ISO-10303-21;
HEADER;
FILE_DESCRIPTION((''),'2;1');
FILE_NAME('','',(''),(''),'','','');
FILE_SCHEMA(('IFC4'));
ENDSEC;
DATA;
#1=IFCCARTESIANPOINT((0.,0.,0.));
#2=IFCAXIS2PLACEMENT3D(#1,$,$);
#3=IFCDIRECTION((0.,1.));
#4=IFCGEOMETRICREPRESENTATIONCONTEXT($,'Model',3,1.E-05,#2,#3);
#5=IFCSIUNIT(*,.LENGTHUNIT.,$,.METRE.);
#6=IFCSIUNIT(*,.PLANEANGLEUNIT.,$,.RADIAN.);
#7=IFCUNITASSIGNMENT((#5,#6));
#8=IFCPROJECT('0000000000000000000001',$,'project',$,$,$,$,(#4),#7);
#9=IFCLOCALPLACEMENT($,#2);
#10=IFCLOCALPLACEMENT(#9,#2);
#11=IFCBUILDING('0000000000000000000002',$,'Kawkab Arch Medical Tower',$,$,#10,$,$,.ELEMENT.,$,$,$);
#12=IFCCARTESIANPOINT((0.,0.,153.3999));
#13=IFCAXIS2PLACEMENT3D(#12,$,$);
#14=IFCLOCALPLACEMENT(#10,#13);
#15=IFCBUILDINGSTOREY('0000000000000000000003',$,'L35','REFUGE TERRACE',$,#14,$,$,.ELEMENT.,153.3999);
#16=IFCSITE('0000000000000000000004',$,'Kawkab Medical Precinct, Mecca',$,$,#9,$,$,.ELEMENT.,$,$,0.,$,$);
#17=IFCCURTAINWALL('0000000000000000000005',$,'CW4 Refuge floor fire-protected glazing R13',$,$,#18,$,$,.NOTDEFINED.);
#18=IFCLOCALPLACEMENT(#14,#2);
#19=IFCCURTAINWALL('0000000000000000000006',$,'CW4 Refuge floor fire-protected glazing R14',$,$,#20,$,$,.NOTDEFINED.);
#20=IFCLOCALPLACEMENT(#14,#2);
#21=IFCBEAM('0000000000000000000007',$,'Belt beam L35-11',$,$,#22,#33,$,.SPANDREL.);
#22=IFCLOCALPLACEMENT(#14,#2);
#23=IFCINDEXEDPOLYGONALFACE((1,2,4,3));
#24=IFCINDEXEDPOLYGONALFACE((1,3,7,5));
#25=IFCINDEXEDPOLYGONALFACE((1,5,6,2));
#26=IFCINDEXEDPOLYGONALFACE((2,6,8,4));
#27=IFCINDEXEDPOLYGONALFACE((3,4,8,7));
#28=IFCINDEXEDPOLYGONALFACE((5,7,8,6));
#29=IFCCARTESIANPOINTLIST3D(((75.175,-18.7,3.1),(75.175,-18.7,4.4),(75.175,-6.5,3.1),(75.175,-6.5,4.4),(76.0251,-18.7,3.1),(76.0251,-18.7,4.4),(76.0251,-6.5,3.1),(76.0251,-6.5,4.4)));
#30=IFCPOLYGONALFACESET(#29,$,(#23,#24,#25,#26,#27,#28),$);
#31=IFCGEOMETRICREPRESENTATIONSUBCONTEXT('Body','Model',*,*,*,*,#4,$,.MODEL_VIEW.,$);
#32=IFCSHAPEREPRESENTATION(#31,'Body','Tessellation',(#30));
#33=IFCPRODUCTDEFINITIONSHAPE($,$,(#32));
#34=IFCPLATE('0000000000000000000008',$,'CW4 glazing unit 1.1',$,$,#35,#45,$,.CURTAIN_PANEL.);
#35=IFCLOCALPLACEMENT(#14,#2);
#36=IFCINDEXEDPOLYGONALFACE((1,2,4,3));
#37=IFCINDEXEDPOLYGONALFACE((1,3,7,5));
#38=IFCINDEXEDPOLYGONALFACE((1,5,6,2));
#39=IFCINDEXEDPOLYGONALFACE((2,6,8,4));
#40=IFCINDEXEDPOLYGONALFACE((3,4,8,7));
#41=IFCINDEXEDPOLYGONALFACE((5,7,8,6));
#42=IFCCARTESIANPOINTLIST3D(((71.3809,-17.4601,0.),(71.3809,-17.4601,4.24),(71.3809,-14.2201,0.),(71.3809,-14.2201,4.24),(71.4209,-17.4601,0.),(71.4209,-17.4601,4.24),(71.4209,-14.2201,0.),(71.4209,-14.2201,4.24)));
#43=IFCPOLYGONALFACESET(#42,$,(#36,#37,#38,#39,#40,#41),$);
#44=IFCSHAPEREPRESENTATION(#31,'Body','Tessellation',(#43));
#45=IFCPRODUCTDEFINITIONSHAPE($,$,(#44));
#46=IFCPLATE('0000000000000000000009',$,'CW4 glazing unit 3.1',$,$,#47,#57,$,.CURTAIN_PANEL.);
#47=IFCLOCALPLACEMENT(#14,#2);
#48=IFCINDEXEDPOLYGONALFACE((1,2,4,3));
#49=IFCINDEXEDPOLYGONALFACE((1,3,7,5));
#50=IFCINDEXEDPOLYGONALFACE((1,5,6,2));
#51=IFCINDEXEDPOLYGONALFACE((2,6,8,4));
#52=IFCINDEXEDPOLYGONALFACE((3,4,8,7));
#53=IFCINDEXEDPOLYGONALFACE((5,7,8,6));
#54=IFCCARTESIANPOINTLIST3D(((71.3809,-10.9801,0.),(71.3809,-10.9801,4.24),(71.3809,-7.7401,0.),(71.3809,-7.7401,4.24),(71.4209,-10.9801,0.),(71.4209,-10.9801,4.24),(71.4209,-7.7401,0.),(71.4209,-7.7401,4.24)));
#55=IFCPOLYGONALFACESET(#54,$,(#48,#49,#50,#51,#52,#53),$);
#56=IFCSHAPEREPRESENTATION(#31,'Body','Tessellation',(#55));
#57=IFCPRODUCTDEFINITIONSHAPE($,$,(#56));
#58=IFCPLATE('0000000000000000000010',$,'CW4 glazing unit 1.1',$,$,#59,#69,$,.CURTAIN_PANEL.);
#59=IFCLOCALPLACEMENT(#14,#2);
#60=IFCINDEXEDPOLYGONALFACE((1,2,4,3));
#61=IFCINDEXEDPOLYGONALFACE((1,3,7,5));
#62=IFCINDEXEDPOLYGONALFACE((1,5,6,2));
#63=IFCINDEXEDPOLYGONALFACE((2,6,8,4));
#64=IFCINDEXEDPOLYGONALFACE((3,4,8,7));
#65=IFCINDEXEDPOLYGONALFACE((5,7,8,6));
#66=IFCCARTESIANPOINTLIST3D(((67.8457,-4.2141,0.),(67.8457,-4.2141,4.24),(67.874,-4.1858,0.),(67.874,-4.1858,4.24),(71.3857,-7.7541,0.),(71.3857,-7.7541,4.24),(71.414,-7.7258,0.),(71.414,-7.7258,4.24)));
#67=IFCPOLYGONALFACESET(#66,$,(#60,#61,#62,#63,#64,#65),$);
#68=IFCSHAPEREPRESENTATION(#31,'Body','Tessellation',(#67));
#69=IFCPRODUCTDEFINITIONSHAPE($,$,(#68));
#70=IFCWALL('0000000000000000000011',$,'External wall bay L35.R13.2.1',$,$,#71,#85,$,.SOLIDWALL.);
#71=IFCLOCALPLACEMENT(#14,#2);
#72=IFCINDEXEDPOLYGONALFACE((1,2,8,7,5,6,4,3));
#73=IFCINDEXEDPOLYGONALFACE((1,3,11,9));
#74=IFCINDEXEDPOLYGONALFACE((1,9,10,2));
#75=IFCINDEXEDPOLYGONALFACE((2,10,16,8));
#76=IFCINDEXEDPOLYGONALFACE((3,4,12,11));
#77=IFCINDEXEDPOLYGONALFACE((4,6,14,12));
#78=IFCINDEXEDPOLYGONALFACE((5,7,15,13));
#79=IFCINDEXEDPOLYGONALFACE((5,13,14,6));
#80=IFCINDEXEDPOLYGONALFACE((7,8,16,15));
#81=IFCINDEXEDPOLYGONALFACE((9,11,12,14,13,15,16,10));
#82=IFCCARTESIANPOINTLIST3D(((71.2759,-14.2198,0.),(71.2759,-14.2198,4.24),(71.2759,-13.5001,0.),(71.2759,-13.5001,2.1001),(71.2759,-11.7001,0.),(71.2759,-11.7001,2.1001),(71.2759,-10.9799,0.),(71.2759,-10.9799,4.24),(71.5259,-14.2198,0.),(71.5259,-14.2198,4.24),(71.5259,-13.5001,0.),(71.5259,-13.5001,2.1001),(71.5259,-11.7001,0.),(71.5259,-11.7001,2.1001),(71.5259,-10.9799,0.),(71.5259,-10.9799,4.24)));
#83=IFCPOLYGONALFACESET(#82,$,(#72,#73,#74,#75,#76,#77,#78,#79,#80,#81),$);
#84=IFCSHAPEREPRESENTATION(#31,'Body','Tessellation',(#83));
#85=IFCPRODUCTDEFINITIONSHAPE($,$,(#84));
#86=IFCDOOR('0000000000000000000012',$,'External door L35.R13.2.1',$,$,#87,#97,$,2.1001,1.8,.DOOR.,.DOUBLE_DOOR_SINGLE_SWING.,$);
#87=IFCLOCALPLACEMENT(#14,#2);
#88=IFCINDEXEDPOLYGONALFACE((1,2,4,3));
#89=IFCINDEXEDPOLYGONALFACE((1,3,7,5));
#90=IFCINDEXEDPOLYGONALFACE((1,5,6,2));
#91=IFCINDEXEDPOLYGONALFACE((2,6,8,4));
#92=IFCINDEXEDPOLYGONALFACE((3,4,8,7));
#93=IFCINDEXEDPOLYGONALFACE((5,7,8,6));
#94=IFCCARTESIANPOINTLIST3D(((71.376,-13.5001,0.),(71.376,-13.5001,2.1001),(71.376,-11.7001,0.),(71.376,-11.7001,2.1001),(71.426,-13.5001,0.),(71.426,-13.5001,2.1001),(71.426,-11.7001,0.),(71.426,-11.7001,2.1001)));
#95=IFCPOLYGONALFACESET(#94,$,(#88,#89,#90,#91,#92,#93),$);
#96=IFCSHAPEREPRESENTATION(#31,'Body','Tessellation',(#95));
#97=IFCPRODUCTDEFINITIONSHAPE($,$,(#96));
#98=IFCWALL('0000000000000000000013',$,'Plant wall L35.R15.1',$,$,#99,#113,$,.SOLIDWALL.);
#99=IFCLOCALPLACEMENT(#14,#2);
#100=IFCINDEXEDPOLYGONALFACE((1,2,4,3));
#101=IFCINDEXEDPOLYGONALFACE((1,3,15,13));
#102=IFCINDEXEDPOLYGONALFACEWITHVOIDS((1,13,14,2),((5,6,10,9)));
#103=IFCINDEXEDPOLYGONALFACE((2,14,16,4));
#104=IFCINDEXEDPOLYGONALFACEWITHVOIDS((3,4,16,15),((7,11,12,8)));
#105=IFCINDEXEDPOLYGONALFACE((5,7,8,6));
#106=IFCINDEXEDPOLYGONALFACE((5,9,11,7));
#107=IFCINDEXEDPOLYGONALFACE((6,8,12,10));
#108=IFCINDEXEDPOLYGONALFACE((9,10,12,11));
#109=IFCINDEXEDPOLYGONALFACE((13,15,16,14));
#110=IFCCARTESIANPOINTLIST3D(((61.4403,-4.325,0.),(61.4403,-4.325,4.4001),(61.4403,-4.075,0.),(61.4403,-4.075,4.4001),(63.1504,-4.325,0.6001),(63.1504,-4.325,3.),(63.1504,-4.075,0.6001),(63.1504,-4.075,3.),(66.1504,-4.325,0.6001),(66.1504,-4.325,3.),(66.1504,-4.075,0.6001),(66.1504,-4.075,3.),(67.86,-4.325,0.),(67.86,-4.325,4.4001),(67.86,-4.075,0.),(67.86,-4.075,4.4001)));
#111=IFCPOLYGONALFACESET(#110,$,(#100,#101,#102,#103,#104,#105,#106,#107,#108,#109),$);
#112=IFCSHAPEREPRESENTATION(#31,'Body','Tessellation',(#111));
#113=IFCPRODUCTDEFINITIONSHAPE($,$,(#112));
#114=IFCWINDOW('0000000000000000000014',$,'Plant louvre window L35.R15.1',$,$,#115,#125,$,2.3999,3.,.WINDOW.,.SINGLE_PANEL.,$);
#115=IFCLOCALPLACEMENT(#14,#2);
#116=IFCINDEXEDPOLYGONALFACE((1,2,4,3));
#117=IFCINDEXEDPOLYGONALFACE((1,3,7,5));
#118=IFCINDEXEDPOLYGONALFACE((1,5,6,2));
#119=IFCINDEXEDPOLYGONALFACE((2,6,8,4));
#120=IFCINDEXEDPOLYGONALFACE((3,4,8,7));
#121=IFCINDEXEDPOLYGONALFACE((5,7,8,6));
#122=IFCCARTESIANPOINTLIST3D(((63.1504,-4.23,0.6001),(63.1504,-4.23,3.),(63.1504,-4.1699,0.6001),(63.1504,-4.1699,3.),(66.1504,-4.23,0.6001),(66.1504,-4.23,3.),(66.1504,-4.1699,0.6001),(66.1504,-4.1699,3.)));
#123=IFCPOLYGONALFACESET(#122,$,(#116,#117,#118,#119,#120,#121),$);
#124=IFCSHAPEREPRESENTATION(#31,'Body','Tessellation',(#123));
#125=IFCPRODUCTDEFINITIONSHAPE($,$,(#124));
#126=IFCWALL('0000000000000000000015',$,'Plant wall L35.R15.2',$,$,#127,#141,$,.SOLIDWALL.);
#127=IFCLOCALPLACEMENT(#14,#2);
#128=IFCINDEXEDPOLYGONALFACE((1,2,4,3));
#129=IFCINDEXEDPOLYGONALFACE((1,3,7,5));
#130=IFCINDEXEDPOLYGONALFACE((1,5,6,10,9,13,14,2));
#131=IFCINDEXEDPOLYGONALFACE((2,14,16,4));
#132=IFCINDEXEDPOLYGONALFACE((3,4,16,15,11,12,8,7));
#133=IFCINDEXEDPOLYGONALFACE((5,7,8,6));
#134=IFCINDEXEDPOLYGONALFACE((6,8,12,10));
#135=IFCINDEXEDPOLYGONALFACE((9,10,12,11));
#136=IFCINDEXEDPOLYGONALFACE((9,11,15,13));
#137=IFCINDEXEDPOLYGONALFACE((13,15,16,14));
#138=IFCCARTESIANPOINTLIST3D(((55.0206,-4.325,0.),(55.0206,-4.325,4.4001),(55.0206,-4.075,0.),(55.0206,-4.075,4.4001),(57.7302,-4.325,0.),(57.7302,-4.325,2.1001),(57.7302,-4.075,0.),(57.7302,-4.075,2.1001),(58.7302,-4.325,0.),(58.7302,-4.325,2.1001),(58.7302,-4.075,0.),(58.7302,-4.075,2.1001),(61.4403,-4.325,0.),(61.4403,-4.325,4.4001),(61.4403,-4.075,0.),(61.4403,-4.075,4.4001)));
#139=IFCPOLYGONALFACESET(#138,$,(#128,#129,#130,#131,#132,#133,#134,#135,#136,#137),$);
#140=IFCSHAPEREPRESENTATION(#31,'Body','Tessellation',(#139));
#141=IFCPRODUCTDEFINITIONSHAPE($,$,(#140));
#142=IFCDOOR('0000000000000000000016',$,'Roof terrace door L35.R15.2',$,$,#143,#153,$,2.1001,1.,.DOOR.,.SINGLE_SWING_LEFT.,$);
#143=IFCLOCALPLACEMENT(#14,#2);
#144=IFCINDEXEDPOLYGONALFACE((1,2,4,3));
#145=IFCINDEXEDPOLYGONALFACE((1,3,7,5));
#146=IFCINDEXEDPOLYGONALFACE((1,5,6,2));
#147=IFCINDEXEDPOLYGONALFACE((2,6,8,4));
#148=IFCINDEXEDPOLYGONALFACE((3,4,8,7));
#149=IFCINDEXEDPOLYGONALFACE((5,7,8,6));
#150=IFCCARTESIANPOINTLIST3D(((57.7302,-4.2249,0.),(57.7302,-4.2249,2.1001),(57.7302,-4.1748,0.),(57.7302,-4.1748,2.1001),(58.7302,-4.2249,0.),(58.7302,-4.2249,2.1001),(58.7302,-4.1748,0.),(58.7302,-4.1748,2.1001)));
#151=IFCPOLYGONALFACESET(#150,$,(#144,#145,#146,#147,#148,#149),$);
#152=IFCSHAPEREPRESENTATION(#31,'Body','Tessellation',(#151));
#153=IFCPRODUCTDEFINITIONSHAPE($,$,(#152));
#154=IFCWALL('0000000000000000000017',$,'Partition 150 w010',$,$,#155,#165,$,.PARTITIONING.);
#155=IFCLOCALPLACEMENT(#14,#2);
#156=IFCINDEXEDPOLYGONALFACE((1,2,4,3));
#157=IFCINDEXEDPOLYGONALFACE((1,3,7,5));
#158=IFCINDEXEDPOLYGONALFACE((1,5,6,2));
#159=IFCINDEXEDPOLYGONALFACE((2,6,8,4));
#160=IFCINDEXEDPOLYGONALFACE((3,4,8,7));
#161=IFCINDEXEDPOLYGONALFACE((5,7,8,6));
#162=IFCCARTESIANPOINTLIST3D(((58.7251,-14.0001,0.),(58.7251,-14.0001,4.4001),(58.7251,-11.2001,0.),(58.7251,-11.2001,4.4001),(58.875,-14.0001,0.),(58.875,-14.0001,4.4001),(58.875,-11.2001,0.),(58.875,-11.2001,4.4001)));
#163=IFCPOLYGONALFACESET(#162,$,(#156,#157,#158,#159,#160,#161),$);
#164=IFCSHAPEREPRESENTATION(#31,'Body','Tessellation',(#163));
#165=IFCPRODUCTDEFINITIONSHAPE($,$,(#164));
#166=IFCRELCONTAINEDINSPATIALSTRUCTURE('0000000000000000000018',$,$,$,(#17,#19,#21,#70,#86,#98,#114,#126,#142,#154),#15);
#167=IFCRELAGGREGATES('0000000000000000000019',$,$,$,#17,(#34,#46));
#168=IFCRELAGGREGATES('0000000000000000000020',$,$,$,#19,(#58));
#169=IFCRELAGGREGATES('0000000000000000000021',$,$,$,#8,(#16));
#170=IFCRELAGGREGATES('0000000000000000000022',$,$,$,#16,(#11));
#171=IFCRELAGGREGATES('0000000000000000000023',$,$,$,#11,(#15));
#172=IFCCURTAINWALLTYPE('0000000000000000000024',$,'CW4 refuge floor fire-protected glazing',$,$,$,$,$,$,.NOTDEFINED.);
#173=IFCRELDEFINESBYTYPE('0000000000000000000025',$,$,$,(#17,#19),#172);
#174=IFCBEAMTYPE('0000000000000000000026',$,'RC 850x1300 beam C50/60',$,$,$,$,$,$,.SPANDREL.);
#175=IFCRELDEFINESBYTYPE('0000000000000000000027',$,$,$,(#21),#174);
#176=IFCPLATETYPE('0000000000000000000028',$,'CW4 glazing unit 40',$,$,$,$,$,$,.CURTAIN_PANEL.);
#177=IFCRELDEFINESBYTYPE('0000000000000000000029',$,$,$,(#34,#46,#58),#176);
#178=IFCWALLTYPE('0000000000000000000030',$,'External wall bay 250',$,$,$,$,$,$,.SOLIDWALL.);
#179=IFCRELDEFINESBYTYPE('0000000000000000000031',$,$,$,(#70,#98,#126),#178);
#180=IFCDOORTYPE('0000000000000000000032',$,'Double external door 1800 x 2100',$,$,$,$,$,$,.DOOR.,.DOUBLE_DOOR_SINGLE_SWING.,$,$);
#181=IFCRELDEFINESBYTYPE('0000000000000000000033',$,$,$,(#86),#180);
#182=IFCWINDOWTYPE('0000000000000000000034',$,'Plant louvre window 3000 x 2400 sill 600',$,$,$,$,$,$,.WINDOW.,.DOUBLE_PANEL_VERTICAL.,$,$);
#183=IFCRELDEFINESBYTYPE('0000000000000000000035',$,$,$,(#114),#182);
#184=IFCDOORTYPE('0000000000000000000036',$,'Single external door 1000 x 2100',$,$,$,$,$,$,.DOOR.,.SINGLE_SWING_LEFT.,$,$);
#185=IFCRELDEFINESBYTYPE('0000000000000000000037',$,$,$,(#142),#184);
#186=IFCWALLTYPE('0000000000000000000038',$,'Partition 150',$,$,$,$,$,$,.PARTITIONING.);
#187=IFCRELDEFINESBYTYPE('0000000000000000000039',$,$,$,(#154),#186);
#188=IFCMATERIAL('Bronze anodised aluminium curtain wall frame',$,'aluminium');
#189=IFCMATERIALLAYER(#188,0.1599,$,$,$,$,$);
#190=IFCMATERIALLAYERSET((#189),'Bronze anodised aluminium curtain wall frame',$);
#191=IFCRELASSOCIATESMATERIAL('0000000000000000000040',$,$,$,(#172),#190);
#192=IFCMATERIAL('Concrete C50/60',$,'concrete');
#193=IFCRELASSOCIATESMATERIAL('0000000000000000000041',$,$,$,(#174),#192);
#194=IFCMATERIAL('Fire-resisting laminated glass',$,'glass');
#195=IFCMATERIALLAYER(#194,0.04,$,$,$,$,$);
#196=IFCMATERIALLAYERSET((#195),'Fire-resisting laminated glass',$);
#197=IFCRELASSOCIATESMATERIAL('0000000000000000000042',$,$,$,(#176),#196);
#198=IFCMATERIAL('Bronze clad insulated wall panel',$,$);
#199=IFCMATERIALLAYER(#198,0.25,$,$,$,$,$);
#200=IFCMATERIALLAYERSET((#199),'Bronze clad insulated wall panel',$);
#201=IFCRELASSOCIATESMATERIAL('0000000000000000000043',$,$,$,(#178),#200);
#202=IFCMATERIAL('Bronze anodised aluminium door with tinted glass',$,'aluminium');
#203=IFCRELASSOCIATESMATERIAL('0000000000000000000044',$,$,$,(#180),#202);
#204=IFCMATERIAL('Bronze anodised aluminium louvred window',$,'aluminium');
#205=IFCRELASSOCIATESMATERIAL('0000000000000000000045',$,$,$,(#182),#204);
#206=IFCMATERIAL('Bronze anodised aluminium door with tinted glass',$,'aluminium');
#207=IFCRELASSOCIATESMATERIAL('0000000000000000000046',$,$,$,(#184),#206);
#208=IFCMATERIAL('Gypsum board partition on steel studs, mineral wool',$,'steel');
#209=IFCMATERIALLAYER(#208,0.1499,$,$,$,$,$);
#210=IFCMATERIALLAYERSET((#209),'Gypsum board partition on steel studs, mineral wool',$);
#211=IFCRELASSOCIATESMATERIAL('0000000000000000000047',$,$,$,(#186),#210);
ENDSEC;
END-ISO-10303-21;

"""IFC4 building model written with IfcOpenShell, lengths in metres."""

from ifc_helpers import new_model, si_unit, direction, frame, frame_2d, origin, origin_2d, place, context, subcontext, project, spatial, rectangle, extrude, material, layer, layer_set, material_profile, profile_set, type_object, element, fill, aggregate, save


model = new_model("IFC4")

# Units and contexts
model_context = context("Model", 3, precision=1e-05, world=origin(), true_north=direction((0.0, 1.0)))
body_context = subcontext(model_context, "Body", "Model", "MODEL_VIEW")
ifc_project = project(units=[si_unit("LENGTHUNIT", "METRE"), si_unit("PLANEANGLEUNIT", "RADIAN")], contexts=[model_context])

# Site, building, storey
site_placement = place(None, origin())
site = spatial("IfcSite", under=ifc_project, at=site_placement, Name="Kawkab Medical Precinct, Mecca", CompositionType="ELEMENT", RefElevation=0.0)
building_placement = place(site_placement, origin())
building = spatial("IfcBuilding", under=site, at=building_placement, Name="Kawkab Arch Medical Tower", CompositionType="ELEMENT")
storey_placement = place(building_placement, frame((0.0, 0.0, 153.3999)))
storey = spatial("IfcBuildingStorey", under=building, at=storey_placement, Name="L35", Description="REFUGE TERRACE", CompositionType="ELEMENT", Elevation=153.3999)

# Curtain walls
ifc_material_1 = material(Name="Bronze anodised aluminium curtain wall frame", Category="aluminium")
ifc_layer_1 = layer(ifc_material_1, 0.1599)
ifc_layer_set_1 = layer_set([ifc_layer_1], Name="Bronze anodised aluminium curtain wall frame")
curtain_wall_type = type_object("IfcCurtainWallType", Name="CW4 refuge floor fire-protected glazing", PredefinedType="NOTDEFINED", material=ifc_layer_set_1)
placement = place(storey_placement, origin())
curtain_wall_1 = element("IfcCurtainWall", 1, at=placement, inside=storey, type_object=curtain_wall_type, Name="CW4 Refuge floor fire-protected glazing R13", PredefinedType="NOTDEFINED")
curtain_wall_2 = element("IfcCurtainWall", 2, at=placement, inside=storey, type_object=curtain_wall_type, Name="CW4 Refuge floor fire-protected glazing R14", PredefinedType="NOTDEFINED")

# Beam
ifc_material_2 = material(Name="Concrete C50/60", Category="concrete")
ifc_material_profile_1 = material_profile(ifc_material_2, rectangle(XDim=0.8501, YDim=1.3, at=origin_2d()), Name="RC 850x1300")
ifc_profile_set_1 = profile_set([ifc_material_profile_1], Name="Concrete C50/60")
beam_type = type_object("IfcBeamType", Name="RC 850x1300 beam C50/60", PredefinedType="SPANDREL", material=ifc_profile_set_1)
beam_1_placement = place(storey_placement, frame((75.6001, -6.5, 3.75), z_axis=(0.0, -1.0, 0.0), x_axis=(1.0, 0.0, 0.0)))
element("IfcBeam", 3, at=beam_1_placement, inside=storey, type_object=beam_type, Name="Belt beam L35-11", PredefinedType="SPANDREL", context=body_context, shape_type="SweptSolid", body=[
    extrude(rectangle(XDim=0.8501, YDim=1.3, at=origin_2d()), origin(), (0.0, 0.0, 1.0), 12.2),
])

# Plates
ifc_material_3 = material(Name="Fire-resisting laminated glass", Category="glass")
ifc_layer_2 = layer(ifc_material_3, 0.04)
ifc_layer_set_2 = layer_set([ifc_layer_2], Name="Fire-resisting laminated glass")
plate_type = type_object("IfcPlateType", Name="CW4 glazing unit 40", PredefinedType="CURTAIN_PANEL", material=ifc_layer_set_2)
plate_1_placement = place(storey_placement, frame((71.4009, -15.8401, 0.0), z_axis=(0.0, 0.0, 1.0), x_axis=(0.0, 1.0, 0.0)))
plate_1 = element("IfcPlate", 4, at=plate_1_placement, type_object=plate_type, Name="CW4 glazing unit 1.1", PredefinedType="CURTAIN_PANEL", context=body_context, shape_type="SweptSolid", body=[
    extrude(rectangle(XDim=3.24, YDim=0.04, at=origin_2d()), origin(), (0.0, 0.0, 1.0), 4.24),
])
plate_2_placement = place(storey_placement, frame((71.4009, -9.3601, 0.0), z_axis=(0.0, 0.0, 1.0), x_axis=(0.0, 1.0, 0.0)))
plate_2 = element("IfcPlate", 5, at=plate_2_placement, type_object=plate_type, Name="CW4 glazing unit 3.1", PredefinedType="CURTAIN_PANEL", context=body_context, shape_type="SweptSolid", body=[
    extrude(rectangle(XDim=3.24, YDim=0.04, at=origin_2d()), origin(), (0.0, 0.0, 1.0), 4.24),
])
aggregate(curtain_wall_1, [plate_1, plate_2])
plate_3_placement = place(storey_placement, frame((69.6299, -5.97, 0.0), z_axis=(0.0, 0.0, 1.0), x_axis=(-0.707107, 0.707107, 0.0)))
plate_3 = element("IfcPlate", 6, at=plate_3_placement, type_object=plate_type, Name="CW4 glazing unit 1.1", PredefinedType="CURTAIN_PANEL", context=body_context, shape_type="SweptSolid", body=[
    extrude(rectangle(XDim=5.0063, YDim=0.04, at=origin_2d()), origin(), (0.0, 0.0, 1.0), 4.24),
])
aggregate(curtain_wall_2, [plate_3])

# Wall, opening, door
ifc_material_4 = material(Name="Bronze clad insulated wall panel")
ifc_layer_3 = layer(ifc_material_4, 0.25)
ifc_layer_set_3 = layer_set([ifc_layer_3], Name="Bronze clad insulated wall panel")
wall_type_1 = type_object("IfcWallType", Name="External wall bay 250", PredefinedType="SOLIDWALL", material=ifc_layer_set_3)
wall_1_placement = place(storey_placement, frame((71.4009, -14.22, 0.0), z_axis=(0.0, 0.0, 1.0), x_axis=(0.0, 1.0, 0.0)))
wall_1 = element("IfcWall", 7, at=wall_1_placement, inside=storey, type_object=wall_type_1, Name="External wall bay L35.R13.2.1", PredefinedType="SOLIDWALL", context=body_context, shape_type="SweptSolid", body=[
    extrude(rectangle(XDim=3.24, YDim=0.25, at=frame_2d((1.6201, 0.0))), origin(), (0.0, 0.0, 1.0), 4.24),
])
opening_1_placement = place(wall_1_placement, frame((0.72, 0.0, 0.0)))
opening_1 = element("IfcOpeningElement", 8, at=opening_1_placement, cuts=wall_1, PredefinedType="OPENING", context=body_context, shape_type="SweptSolid", body=[
    extrude(rectangle(XDim=1.8, YDim=2.1001, at=frame_2d((0.8999, 1.05))), frame((0.0, 0.135, 0.0), z_axis=(0.0, -1.0, 0.0), x_axis=(1.0, 0.0, 0.0)), (0.0, 0.0, 1.0), 0.27),
])
ifc_material_5 = material(Name="Bronze anodised aluminium door with tinted glass", Category="aluminium")
door_type_1 = type_object("IfcDoorType", Name="Double external door 1800 x 2100", OperationType="DOUBLE_DOOR_SINGLE_SWING", PredefinedType="DOOR", material=ifc_material_5)
door_1_placement = place(opening_1_placement, origin())
door_1 = element("IfcDoor", 9, at=door_1_placement, inside=storey, type_object=door_type_1, Name="External door L35.R13.2.1", OperationType="DOUBLE_DOOR_SINGLE_SWING", OverallHeight=2.1001, OverallWidth=1.8, PredefinedType="DOOR", context=body_context, shape_type="SweptSolid", body=[
    extrude(rectangle(XDim=1.8, YDim=2.1001, at=frame_2d((0.8999, 1.05))), frame((0.0, 0.0249, 0.0), z_axis=(0.0, -1.0, 0.0), x_axis=(1.0, 0.0, 0.0)), (0.0, 0.0, 1.0), 0.05),
])
fill(opening_1, door_1)

# Wall, opening, window
wall_2_placement = place(storey_placement, frame((67.8601, -4.2, 0.0), z_axis=(0.0, 0.0, 1.0), x_axis=(-1.0, 0.0, 0.0)))
wall_2 = element("IfcWall", 10, at=wall_2_placement, inside=storey, type_object=wall_type_1, Name="Plant wall L35.R15.1", PredefinedType="SOLIDWALL", context=body_context, shape_type="SweptSolid", body=[
    extrude(rectangle(XDim=6.4197, YDim=0.25, at=frame_2d((3.21, 0.0))), origin(), (0.0, 0.0, 1.0), 4.4001),
])
opening_2_placement = place(wall_2_placement, frame((1.7097, 0.0, 0.6001)))
opening_2 = element("IfcOpeningElement", 11, at=opening_2_placement, cuts=wall_2, PredefinedType="OPENING", context=body_context, shape_type="SweptSolid", body=[
    extrude(rectangle(XDim=3.0, YDim=2.3999, at=frame_2d((1.5, 1.2))), frame((0.0, 0.135, 0.0), z_axis=(0.0, -1.0, 0.0), x_axis=(1.0, 0.0, 0.0)), (0.0, 0.0, 1.0), 0.27),
])
ifc_material_6 = material(Name="Bronze anodised aluminium louvred window", Category="aluminium")
window_type = type_object("IfcWindowType", Name="Plant louvre window 3000 x 2400 sill 600", PartitioningType="DOUBLE_PANEL_VERTICAL", PredefinedType="WINDOW", material=ifc_material_6)
window_placement = place(opening_2_placement, origin())
window = element("IfcWindow", 12, at=window_placement, inside=storey, type_object=window_type, Name="Plant louvre window L35.R15.1", OverallHeight=2.3999, OverallWidth=3.0, PartitioningType="SINGLE_PANEL", PredefinedType="WINDOW", context=body_context, shape_type="SweptSolid", body=[
    extrude(rectangle(XDim=3.0, YDim=2.3999, at=frame_2d((1.5, 1.2))), frame((0.0, 0.03, 0.0), z_axis=(0.0, -1.0, 0.0), x_axis=(1.0, 0.0, 0.0)), (0.0, 0.0, 1.0), 0.0601),
])
fill(opening_2, window)

# Wall, opening, door
wall_3_placement = place(storey_placement, frame((61.4404, -4.2, 0.0), z_axis=(0.0, 0.0, 1.0), x_axis=(-1.0, 0.0, 0.0)))
wall_3 = element("IfcWall", 13, at=wall_3_placement, inside=storey, type_object=wall_type_1, Name="Plant wall L35.R15.2", PredefinedType="SOLIDWALL", context=body_context, shape_type="SweptSolid", body=[
    extrude(rectangle(XDim=6.4197, YDim=0.25, at=frame_2d((3.21, 0.0))), origin(), (0.0, 0.0, 1.0), 4.4001),
])
opening_3_placement = place(wall_3_placement, frame((2.7102, 0.0, 0.0)))
opening_3 = element("IfcOpeningElement", 14, at=opening_3_placement, cuts=wall_3, PredefinedType="OPENING", context=body_context, shape_type="SweptSolid", body=[
    extrude(rectangle(XDim=1.0, YDim=2.1001, at=frame_2d((0.5, 1.05))), frame((0.0, 0.135, 0.0), z_axis=(0.0, -1.0, 0.0), x_axis=(1.0, 0.0, 0.0)), (0.0, 0.0, 1.0), 0.27),
])
ifc_material_7 = material(Name="Bronze anodised aluminium door with tinted glass", Category="aluminium")
door_type_2 = type_object("IfcDoorType", Name="Single external door 1000 x 2100", OperationType="SINGLE_SWING_LEFT", PredefinedType="DOOR", material=ifc_material_7)
door_2_placement = place(opening_3_placement, origin())
door_2 = element("IfcDoor", 15, at=door_2_placement, inside=storey, type_object=door_type_2, Name="Roof terrace door L35.R15.2", OperationType="SINGLE_SWING_LEFT", OverallHeight=2.1001, OverallWidth=1.0, PredefinedType="DOOR", context=body_context, shape_type="SweptSolid", body=[
    extrude(rectangle(XDim=1.0, YDim=2.1001, at=frame_2d((0.5, 1.05))), frame((0.0, 0.0249, 0.0), z_axis=(0.0, -1.0, 0.0), x_axis=(1.0, 0.0, 0.0)), (0.0, 0.0, 1.0), 0.05),
])
fill(opening_3, door_2)

# Wall
ifc_material_8 = material(Name="Gypsum board partition on steel studs, mineral wool", Category="steel")
ifc_layer_4 = layer(ifc_material_8, 0.1499)
ifc_layer_set_4 = layer_set([ifc_layer_4], Name="Gypsum board partition on steel studs, mineral wool")
wall_type_2 = type_object("IfcWallType", Name="Partition 150", PredefinedType="PARTITIONING", material=ifc_layer_set_4)
wall_4_placement = place(storey_placement, frame((58.8, -14.0, 0.0), z_axis=(0.0, 0.0, 1.0), x_axis=(0.0, 1.0, 0.0)))
element("IfcWall", 16, at=wall_4_placement, inside=storey, type_object=wall_type_2, Name="Partition 150 w010", PredefinedType="PARTITIONING", context=body_context, shape_type="SweptSolid", body=[
    extrude(rectangle(XDim=2.8, YDim=0.1499, at=frame_2d((1.3999, 0.0))), origin(), (0.0, 0.0, 1.0), 4.4001),
])

save(model, "model.ifc")
